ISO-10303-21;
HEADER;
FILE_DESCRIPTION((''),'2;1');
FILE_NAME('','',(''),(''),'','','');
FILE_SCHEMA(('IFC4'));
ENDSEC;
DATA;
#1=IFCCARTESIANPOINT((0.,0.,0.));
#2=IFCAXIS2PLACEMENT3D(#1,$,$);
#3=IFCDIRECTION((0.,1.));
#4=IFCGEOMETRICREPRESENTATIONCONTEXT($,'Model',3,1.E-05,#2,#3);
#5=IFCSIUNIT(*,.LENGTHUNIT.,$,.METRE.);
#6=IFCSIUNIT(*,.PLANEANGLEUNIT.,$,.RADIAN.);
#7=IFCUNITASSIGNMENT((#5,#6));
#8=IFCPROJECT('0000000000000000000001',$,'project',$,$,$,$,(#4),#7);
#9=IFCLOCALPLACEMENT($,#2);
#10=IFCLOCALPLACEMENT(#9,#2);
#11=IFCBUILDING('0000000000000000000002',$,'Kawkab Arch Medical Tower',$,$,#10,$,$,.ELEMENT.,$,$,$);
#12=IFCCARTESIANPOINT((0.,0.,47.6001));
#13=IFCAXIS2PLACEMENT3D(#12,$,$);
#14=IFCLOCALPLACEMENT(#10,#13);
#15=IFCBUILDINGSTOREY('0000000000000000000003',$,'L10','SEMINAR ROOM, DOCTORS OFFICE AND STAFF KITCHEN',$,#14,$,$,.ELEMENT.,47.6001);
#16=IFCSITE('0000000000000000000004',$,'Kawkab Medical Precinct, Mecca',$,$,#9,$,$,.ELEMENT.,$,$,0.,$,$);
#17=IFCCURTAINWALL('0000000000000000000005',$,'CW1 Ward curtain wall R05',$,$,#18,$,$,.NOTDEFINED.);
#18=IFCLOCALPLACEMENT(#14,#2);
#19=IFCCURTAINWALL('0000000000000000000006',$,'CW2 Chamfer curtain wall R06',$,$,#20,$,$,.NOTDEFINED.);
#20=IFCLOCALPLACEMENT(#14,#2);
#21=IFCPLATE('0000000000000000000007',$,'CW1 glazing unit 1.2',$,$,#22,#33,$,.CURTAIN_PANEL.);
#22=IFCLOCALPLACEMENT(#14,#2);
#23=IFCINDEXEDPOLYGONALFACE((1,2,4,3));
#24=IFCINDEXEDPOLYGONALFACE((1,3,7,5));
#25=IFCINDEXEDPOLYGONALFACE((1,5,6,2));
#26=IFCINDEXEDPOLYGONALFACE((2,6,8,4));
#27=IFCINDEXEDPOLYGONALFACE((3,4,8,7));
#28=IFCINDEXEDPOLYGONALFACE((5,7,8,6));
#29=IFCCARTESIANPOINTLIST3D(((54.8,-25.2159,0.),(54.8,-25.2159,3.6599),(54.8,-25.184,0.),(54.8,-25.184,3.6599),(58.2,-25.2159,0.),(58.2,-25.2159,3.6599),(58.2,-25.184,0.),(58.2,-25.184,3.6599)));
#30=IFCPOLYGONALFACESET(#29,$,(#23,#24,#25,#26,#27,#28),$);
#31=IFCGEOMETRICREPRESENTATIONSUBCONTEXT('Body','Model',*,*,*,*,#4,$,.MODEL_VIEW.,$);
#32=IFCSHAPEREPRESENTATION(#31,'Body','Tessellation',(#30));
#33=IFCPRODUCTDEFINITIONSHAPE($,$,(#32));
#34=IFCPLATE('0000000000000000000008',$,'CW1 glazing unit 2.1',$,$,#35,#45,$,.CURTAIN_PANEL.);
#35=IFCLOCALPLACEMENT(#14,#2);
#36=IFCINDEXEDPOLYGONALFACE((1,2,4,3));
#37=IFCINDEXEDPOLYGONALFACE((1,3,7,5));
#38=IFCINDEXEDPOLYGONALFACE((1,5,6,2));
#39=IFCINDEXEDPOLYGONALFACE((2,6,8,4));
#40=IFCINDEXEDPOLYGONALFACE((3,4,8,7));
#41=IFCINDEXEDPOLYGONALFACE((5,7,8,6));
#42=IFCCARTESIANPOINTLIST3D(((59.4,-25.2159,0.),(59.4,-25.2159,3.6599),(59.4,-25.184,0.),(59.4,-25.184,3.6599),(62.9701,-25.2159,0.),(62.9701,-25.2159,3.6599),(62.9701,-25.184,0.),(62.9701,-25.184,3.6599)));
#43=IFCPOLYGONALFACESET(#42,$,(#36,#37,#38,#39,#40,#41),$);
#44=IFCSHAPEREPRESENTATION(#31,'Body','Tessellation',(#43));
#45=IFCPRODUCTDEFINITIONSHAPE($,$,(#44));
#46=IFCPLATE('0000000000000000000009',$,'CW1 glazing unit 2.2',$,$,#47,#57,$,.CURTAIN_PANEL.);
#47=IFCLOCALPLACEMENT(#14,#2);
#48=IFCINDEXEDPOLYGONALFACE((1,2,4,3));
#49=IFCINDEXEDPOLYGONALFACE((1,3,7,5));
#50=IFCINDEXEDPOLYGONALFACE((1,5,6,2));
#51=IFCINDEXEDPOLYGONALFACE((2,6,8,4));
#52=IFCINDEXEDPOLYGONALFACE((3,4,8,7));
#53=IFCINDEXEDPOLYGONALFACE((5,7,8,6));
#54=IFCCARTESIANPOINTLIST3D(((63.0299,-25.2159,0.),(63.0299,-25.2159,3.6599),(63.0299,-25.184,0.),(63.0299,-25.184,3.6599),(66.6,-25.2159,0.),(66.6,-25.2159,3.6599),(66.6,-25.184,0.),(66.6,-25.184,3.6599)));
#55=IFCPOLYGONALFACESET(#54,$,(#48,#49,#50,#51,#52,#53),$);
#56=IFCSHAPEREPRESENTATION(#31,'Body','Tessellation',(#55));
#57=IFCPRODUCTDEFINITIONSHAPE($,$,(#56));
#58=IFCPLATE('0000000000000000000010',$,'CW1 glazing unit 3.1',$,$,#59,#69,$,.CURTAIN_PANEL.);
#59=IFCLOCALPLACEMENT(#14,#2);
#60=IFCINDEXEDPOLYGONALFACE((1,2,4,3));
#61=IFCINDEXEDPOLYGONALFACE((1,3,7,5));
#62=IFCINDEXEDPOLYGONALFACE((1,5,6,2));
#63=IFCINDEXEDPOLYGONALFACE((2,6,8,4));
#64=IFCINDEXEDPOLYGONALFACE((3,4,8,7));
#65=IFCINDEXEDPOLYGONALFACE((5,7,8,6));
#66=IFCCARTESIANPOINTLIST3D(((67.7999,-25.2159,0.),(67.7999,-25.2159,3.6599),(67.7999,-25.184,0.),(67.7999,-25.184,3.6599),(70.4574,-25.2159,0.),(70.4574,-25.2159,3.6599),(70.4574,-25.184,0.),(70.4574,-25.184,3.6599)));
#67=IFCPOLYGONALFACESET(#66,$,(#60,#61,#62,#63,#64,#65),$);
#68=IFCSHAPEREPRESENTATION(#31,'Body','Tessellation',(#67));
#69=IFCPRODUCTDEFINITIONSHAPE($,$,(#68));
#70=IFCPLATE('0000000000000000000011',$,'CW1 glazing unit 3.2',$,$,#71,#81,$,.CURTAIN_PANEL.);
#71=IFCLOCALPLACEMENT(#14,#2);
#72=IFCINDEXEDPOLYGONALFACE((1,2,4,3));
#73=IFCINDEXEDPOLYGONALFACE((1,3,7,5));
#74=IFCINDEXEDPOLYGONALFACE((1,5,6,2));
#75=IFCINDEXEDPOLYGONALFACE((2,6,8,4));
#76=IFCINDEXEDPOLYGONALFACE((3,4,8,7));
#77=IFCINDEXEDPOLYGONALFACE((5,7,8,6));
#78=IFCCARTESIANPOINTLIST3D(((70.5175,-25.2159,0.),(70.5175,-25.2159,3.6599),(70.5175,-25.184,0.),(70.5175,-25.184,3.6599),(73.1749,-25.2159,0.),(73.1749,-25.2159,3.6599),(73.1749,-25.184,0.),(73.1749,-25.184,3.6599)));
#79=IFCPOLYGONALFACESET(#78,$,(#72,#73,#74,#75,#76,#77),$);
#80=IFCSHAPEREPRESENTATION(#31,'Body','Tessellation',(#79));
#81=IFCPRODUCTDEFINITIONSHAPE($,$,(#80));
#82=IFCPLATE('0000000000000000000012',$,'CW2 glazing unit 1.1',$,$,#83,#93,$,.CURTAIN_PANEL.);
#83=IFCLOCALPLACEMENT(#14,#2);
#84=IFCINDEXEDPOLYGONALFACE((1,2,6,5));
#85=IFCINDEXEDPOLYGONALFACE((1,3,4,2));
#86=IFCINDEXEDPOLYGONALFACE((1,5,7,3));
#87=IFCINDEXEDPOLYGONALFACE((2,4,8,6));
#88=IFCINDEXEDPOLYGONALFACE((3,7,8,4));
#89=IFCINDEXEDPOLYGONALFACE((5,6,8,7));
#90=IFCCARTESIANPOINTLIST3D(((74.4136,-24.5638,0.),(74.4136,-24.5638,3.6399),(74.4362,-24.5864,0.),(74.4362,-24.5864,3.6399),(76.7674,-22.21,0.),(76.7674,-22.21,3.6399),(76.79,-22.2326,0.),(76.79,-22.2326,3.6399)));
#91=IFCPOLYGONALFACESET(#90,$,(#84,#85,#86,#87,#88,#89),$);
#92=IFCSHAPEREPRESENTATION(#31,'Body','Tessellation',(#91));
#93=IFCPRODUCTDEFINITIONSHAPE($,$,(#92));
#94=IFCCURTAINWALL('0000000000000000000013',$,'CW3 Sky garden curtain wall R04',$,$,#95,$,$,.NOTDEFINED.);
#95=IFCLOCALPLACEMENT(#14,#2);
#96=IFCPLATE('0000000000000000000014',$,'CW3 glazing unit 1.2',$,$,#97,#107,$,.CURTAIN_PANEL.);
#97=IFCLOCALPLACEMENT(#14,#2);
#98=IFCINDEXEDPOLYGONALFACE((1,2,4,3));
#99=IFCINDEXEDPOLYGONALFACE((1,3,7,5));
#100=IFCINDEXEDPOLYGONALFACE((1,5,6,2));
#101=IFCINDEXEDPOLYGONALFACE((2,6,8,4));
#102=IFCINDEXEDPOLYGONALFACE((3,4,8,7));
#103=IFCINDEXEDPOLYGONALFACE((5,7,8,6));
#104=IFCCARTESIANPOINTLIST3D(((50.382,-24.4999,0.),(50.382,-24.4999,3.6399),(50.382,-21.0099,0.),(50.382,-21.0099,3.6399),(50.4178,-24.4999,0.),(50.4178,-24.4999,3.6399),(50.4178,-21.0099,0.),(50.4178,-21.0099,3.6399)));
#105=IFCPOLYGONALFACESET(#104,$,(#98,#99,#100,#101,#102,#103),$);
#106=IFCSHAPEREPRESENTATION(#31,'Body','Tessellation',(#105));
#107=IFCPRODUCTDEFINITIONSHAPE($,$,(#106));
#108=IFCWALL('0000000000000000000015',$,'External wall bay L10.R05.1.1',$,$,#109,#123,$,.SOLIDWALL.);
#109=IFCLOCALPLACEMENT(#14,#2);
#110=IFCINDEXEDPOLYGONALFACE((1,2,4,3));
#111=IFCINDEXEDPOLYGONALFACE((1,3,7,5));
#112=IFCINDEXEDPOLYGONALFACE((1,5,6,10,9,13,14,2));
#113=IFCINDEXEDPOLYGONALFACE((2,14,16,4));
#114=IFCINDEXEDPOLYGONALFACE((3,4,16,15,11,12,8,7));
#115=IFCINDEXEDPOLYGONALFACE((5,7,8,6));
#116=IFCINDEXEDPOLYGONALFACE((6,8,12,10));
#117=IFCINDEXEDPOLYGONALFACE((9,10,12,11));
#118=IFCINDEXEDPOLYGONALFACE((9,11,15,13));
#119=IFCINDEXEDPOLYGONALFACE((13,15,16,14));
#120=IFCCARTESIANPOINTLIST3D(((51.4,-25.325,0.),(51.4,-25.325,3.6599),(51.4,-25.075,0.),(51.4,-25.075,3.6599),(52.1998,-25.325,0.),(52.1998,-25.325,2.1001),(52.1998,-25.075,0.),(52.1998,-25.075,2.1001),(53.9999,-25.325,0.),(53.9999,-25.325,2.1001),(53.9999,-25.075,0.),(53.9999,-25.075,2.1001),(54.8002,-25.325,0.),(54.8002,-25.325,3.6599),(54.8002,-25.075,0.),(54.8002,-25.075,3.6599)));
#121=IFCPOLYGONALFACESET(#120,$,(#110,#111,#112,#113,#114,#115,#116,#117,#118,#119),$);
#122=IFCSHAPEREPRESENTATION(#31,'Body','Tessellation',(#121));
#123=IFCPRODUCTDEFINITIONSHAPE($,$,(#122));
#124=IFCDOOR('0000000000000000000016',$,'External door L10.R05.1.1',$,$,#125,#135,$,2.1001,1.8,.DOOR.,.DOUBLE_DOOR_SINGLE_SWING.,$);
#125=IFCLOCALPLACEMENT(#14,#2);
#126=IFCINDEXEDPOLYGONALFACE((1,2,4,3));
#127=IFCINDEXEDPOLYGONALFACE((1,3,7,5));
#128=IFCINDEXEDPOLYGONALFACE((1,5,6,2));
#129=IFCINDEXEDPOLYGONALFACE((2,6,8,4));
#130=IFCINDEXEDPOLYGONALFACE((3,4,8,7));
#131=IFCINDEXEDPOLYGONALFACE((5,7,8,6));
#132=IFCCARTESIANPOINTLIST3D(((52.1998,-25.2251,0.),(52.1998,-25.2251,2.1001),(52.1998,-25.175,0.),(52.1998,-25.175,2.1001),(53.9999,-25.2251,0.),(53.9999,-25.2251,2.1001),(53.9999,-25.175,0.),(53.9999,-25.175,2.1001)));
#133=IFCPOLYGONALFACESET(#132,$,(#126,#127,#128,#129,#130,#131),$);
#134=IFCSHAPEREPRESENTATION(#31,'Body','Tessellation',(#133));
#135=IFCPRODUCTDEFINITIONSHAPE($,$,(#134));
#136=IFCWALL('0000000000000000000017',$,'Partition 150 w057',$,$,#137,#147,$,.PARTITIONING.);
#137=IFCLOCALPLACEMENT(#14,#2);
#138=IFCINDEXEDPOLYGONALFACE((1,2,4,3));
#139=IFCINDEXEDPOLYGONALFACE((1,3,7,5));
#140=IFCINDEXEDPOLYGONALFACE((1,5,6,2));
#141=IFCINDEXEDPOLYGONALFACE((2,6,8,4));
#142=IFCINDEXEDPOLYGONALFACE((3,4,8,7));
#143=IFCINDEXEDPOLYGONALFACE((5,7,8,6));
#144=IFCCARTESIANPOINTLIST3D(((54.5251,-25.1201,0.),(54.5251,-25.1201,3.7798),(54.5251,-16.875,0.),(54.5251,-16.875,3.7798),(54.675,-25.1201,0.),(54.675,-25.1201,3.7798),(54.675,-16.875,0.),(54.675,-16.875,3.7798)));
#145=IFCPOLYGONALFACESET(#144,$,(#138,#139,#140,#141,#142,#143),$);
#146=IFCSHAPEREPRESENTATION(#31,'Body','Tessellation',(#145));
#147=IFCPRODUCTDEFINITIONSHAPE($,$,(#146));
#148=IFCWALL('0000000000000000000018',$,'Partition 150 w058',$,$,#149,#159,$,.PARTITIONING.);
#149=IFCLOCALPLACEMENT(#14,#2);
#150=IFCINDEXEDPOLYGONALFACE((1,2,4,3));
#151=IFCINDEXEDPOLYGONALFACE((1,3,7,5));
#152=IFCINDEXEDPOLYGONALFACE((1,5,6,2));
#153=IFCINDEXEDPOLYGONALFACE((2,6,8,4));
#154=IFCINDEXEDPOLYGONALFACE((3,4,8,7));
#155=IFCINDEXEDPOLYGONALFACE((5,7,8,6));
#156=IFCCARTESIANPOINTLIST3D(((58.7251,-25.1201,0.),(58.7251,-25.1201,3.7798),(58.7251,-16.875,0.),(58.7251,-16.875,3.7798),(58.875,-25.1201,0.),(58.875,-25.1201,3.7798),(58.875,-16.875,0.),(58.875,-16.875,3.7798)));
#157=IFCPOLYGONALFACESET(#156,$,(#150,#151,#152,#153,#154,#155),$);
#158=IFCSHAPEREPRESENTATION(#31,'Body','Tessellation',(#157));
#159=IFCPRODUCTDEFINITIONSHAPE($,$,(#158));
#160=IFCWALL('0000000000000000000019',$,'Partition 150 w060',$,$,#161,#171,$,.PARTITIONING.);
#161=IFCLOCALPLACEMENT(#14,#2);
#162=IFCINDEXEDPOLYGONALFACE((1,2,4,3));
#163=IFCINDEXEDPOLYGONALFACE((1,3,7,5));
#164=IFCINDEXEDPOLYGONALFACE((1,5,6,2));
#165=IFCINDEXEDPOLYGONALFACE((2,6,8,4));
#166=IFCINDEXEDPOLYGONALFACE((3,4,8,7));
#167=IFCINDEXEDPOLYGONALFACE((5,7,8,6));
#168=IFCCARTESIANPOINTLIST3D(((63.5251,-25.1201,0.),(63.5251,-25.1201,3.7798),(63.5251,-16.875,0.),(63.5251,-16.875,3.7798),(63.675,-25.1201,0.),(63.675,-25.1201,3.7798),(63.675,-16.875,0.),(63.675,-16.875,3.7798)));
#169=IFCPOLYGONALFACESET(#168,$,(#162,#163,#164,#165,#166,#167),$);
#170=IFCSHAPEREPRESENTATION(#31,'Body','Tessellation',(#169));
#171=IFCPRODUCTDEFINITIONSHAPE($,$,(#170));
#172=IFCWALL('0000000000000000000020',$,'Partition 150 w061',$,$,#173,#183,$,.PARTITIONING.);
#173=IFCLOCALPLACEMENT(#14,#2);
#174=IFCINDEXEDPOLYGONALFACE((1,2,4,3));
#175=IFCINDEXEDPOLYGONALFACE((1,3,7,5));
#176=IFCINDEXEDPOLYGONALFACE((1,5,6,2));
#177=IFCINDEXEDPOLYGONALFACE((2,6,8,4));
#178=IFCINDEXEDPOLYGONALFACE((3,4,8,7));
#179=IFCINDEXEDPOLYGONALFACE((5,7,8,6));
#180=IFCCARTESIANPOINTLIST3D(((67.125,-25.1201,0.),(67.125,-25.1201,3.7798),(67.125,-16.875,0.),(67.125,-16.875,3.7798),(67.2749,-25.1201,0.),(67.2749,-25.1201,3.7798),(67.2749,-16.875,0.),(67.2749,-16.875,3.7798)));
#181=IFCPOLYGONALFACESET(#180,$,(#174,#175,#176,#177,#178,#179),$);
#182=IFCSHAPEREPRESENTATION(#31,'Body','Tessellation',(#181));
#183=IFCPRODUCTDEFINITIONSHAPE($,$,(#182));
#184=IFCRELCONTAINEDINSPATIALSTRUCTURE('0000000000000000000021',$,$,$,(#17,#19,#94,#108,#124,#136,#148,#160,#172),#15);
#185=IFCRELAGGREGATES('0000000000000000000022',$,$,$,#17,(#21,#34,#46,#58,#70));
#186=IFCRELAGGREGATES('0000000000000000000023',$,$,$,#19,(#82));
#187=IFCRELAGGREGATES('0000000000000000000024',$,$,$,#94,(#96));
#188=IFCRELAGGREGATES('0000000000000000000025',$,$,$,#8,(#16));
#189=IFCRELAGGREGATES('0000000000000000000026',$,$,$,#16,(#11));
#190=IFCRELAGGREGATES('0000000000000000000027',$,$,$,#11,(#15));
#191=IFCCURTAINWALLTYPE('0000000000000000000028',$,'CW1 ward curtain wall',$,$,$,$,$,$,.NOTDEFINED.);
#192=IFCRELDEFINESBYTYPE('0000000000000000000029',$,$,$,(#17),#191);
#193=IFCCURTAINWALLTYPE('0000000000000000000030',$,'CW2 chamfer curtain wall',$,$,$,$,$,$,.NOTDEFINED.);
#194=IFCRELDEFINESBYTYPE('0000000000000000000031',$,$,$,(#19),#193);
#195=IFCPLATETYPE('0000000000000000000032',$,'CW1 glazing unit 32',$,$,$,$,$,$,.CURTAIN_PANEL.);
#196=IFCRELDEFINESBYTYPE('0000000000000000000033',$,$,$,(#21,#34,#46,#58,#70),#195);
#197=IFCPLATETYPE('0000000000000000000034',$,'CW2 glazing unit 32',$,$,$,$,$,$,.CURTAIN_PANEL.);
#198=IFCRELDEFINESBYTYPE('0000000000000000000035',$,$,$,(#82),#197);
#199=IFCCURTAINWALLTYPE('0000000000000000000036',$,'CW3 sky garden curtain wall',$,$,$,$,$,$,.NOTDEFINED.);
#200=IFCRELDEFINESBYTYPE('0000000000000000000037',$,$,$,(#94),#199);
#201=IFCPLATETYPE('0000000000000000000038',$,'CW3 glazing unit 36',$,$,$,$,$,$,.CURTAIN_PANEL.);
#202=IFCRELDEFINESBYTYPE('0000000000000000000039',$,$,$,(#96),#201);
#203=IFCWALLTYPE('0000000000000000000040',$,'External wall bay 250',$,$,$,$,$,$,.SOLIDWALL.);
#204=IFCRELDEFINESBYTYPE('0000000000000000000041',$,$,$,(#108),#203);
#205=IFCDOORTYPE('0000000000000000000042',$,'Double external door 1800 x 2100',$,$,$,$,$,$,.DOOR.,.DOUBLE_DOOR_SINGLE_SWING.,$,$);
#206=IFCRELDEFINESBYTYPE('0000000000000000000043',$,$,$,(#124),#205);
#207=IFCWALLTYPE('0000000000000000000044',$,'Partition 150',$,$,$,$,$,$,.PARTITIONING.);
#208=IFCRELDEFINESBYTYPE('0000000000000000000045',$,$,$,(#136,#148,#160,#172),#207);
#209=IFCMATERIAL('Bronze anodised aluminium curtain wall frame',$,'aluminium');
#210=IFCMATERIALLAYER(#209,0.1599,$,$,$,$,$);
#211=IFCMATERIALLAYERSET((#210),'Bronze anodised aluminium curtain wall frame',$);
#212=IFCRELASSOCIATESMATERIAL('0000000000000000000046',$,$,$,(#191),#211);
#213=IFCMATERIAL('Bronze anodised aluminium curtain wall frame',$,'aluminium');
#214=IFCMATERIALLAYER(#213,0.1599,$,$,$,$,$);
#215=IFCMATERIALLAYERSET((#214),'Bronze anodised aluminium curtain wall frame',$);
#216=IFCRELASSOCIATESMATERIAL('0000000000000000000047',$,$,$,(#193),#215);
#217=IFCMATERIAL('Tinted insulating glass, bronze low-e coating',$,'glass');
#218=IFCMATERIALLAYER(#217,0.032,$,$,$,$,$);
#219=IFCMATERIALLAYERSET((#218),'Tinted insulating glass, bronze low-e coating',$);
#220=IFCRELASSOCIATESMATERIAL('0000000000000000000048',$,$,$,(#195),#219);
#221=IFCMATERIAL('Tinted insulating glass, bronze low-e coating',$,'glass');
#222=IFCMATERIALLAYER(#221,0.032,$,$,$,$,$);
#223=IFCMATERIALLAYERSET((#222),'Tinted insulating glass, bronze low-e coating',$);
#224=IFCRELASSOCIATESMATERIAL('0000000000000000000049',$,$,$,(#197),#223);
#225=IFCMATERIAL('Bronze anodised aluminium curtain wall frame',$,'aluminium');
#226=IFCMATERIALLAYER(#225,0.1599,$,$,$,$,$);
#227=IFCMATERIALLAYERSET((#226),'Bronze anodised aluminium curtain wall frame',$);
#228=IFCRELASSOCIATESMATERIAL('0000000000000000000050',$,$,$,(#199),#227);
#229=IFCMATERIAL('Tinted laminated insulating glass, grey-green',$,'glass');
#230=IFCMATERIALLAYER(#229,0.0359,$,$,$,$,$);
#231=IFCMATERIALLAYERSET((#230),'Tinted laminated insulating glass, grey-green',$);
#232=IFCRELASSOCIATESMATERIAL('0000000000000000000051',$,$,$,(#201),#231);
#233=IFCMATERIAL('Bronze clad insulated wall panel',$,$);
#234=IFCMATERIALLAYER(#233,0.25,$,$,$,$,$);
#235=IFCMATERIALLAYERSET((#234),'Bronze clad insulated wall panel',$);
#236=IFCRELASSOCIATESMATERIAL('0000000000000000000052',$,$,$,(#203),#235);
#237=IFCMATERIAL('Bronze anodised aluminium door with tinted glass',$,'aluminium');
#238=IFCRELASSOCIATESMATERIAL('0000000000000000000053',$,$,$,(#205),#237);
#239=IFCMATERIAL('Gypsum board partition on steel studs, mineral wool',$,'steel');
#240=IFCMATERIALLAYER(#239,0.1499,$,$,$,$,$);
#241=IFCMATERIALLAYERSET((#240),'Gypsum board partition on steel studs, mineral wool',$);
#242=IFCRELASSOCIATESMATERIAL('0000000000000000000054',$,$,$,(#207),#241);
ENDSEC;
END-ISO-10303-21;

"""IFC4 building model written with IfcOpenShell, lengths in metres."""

from ifc_helpers import new_model, si_unit, direction, frame, frame_2d, origin, origin_2d, place, context, subcontext, project, spatial, rectangle, extrude, material, layer, layer_set, type_object, element, fill, aggregate, save


model = new_model("IFC4")

# Units and contexts
model_context = context("Model", 3, precision=1e-05, world=origin(), true_north=direction((0.0, 1.0)))
body_context = subcontext(model_context, "Body", "Model", "MODEL_VIEW")
ifc_project = project(units=[si_unit("LENGTHUNIT", "METRE"), si_unit("PLANEANGLEUNIT", "RADIAN")], contexts=[model_context])

# Site, building, storey
site_placement = place(None, origin())
site = spatial("IfcSite", under=ifc_project, at=site_placement, Name="Kawkab Medical Precinct, Mecca", CompositionType="ELEMENT", RefElevation=0.0)
building_placement = place(site_placement, origin())
building = spatial("IfcBuilding", under=site, at=building_placement, Name="Kawkab Arch Medical Tower", CompositionType="ELEMENT")
storey_placement = place(building_placement, frame((0.0, 0.0, 47.6001)))
storey = spatial("IfcBuildingStorey", under=building, at=storey_placement, Name="L10", Description="SEMINAR ROOM, DOCTORS OFFICE AND STAFF KITCHEN", CompositionType="ELEMENT", Elevation=47.6001)

# Curtain walls
ifc_material_1 = material(Name="Bronze anodised aluminium curtain wall frame", Category="aluminium")
ifc_layer_1 = layer(ifc_material_1, 0.1599)
ifc_layer_set_1 = layer_set([ifc_layer_1], Name="Bronze anodised aluminium curtain wall frame")
curtain_wall_type_1 = type_object("IfcCurtainWallType", Name="CW1 ward curtain wall", PredefinedType="NOTDEFINED", material=ifc_layer_set_1)
placement = place(storey_placement, origin())
curtain_wall_1 = element("IfcCurtainWall", 1, at=placement, inside=storey, type_object=curtain_wall_type_1, Name="CW1 Ward curtain wall R05", PredefinedType="NOTDEFINED")
ifc_material_2 = material(Name="Bronze anodised aluminium curtain wall frame", Category="aluminium")
ifc_layer_2 = layer(ifc_material_2, 0.1599)
ifc_layer_set_2 = layer_set([ifc_layer_2], Name="Bronze anodised aluminium curtain wall frame")
curtain_wall_type_2 = type_object("IfcCurtainWallType", Name="CW2 chamfer curtain wall", PredefinedType="NOTDEFINED", material=ifc_layer_set_2)
curtain_wall_2 = element("IfcCurtainWall", 2, at=placement, inside=storey, type_object=curtain_wall_type_2, Name="CW2 Chamfer curtain wall R06", PredefinedType="NOTDEFINED")

# Plates
ifc_material_3 = material(Name="Tinted insulating glass, bronze low-e coating", Category="glass")
ifc_layer_3 = layer(ifc_material_3, 0.032)
ifc_layer_set_3 = layer_set([ifc_layer_3], Name="Tinted insulating glass, bronze low-e coating")
plate_type_1 = type_object("IfcPlateType", Name="CW1 glazing unit 32", PredefinedType="CURTAIN_PANEL", material=ifc_layer_set_3)
plate_1_placement = place(storey_placement, frame((56.5, -25.2, 0.0), z_axis=(0.0, 0.0, 1.0), x_axis=(1.0, 0.0, 0.0)))
plate_1 = element("IfcPlate", 3, at=plate_1_placement, type_object=plate_type_1, Name="CW1 glazing unit 1.2", PredefinedType="CURTAIN_PANEL", context=body_context, shape_type="SweptSolid", body=[
    extrude(rectangle(XDim=3.3999, YDim=0.032, at=origin_2d()), origin(), (0.0, 0.0, 1.0), 3.6599),
])
plate_2_placement = place(storey_placement, frame((61.1851, -25.2, 0.0), z_axis=(0.0, 0.0, 1.0), x_axis=(1.0, 0.0, 0.0)))
plate_2 = element("IfcPlate", 4, at=plate_2_placement, type_object=plate_type_1, Name="CW1 glazing unit 2.1", PredefinedType="CURTAIN_PANEL", context=body_context, shape_type="SweptSolid", body=[
    extrude(rectangle(XDim=3.5701, YDim=0.032, at=origin_2d()), origin(), (0.0, 0.0, 1.0), 3.6599),
])
plate_3_placement = place(storey_placement, frame((64.8149, -25.2, 0.0), z_axis=(0.0, 0.0, 1.0), x_axis=(1.0, 0.0, 0.0)))
plate_3 = element("IfcPlate", 5, at=plate_3_placement, type_object=plate_type_1, Name="CW1 glazing unit 2.2", PredefinedType="CURTAIN_PANEL", context=body_context, shape_type="SweptSolid", body=[
    extrude(rectangle(XDim=3.5701, YDim=0.032, at=origin_2d()), origin(), (0.0, 0.0, 1.0), 3.6599),
])
plate_4_placement = place(storey_placement, frame((69.1287, -25.2, 0.0), z_axis=(0.0, 0.0, 1.0), x_axis=(1.0, 0.0, 0.0)))
plate_4 = element("IfcPlate", 6, at=plate_4_placement, type_object=plate_type_1, Name="CW1 glazing unit 3.1", PredefinedType="CURTAIN_PANEL", context=body_context, shape_type="SweptSolid", body=[
    extrude(rectangle(XDim=2.6575, YDim=0.032, at=origin_2d()), origin(), (0.0, 0.0, 1.0), 3.6599),
])
plate_5_placement = place(storey_placement, frame((71.8462, -25.2, 0.0), z_axis=(0.0, 0.0, 1.0), x_axis=(1.0, 0.0, 0.0)))
plate_5 = element("IfcPlate", 7, at=plate_5_placement, type_object=plate_type_1, Name="CW1 glazing unit 3.2", PredefinedType="CURTAIN_PANEL", context=body_context, shape_type="SweptSolid", body=[
    extrude(rectangle(XDim=2.6575, YDim=0.032, at=origin_2d()), origin(), (0.0, 0.0, 1.0), 3.6599),
])
aggregate(curtain_wall_1, [plate_1, plate_2, plate_3, plate_4, plate_5])
ifc_material_4 = material(Name="Tinted insulating glass, bronze low-e coating", Category="glass")
ifc_layer_4 = layer(ifc_material_4, 0.032)
ifc_layer_set_4 = layer_set([ifc_layer_4], Name="Tinted insulating glass, bronze low-e coating")
plate_type_2 = type_object("IfcPlateType", Name="CW2 glazing unit 32", PredefinedType="CURTAIN_PANEL", material=ifc_layer_set_4)
plate_6_placement = place(storey_placement, frame((75.6018, -23.3982, 0.0), z_axis=(0.0, 0.0, 1.0), x_axis=(0.707107, 0.707107, 0.0)))
plate_6 = element("IfcPlate", 8, at=plate_6_placement, type_object=plate_type_2, Name="CW2 glazing unit 1.1", PredefinedType="CURTAIN_PANEL", context=body_context, shape_type="SweptSolid", body=[
    extrude(rectangle(XDim=3.3289, YDim=0.032, at=origin_2d()), origin(), (0.0, 0.0, 1.0), 3.6399),
])
aggregate(curtain_wall_2, [plate_6])

# Curtain wall, plate
ifc_material_5 = material(Name="Bronze anodised aluminium curtain wall frame", Category="aluminium")
ifc_layer_5 = layer(ifc_material_5, 0.1599)
ifc_layer_set_5 = layer_set([ifc_layer_5], Name="Bronze anodised aluminium curtain wall frame")
curtain_wall_type_3 = type_object("IfcCurtainWallType", Name="CW3 sky garden curtain wall", PredefinedType="NOTDEFINED", material=ifc_layer_set_5)
curtain_wall_3 = element("IfcCurtainWall", 9, at=placement, inside=storey, type_object=curtain_wall_type_3, Name="CW3 Sky garden curtain wall R04", PredefinedType="NOTDEFINED")
ifc_material_6 = material(Name="Tinted laminated insulating glass, grey-green", Category="glass")
ifc_layer_6 = layer(ifc_material_6, 0.0359)
ifc_layer_set_6 = layer_set([ifc_layer_6], Name="Tinted laminated insulating glass, grey-green")
plate_type_3 = type_object("IfcPlateType", Name="CW3 glazing unit 36", PredefinedType="CURTAIN_PANEL", material=ifc_layer_set_6)
plate_7_placement = place(storey_placement, frame((50.3999, -22.7549, 0.0), z_axis=(0.0, 0.0, 1.0), x_axis=(0.0, -1.0, 0.0)))
plate_7 = element("IfcPlate", 10, at=plate_7_placement, type_object=plate_type_3, Name="CW3 glazing unit 1.2", PredefinedType="CURTAIN_PANEL", context=body_context, shape_type="SweptSolid", body=[
    extrude(rectangle(XDim=3.49, YDim=0.0359, at=origin_2d()), origin(), (0.0, 0.0, 1.0), 3.6399),
])
aggregate(curtain_wall_3, [plate_7])

# Wall, opening, door
ifc_material_7 = material(Name="Bronze clad insulated wall panel")
ifc_layer_7 = layer(ifc_material_7, 0.25)
ifc_layer_set_7 = layer_set([ifc_layer_7], Name="Bronze clad insulated wall panel")
wall_type_1 = type_object("IfcWallType", Name="External wall bay 250", PredefinedType="SOLIDWALL", material=ifc_layer_set_7)
wall_placement = place(storey_placement, frame((51.3999, -25.2, 0.0), z_axis=(0.0, 0.0, 1.0), x_axis=(1.0, 0.0, 0.0)))
wall = element("IfcWall", 11, at=wall_placement, inside=storey, type_object=wall_type_1, Name="External wall bay L10.R05.1.1", PredefinedType="SOLIDWALL", context=body_context, shape_type="SweptSolid", body=[
    extrude(rectangle(XDim=3.4001, YDim=0.25, at=frame_2d((1.7002, 0.0))), origin(), (0.0, 0.0, 1.0), 3.6599),
])
opening_placement = place(wall_placement, frame((0.8, 0.0, 0.0)))
opening = element("IfcOpeningElement", 12, at=opening_placement, cuts=wall, PredefinedType="OPENING", context=body_context, shape_type="SweptSolid", body=[
    extrude(rectangle(XDim=1.8, YDim=2.1001, at=frame_2d((0.8999, 1.05))), frame((0.0, 0.135, 0.0), z_axis=(0.0, -1.0, 0.0), x_axis=(1.0, 0.0, 0.0)), (0.0, 0.0, 1.0), 0.27),
])
ifc_material_8 = material(Name="Bronze anodised aluminium door with tinted glass", Category="aluminium")
door_type = type_object("IfcDoorType", Name="Double external door 1800 x 2100", OperationType="DOUBLE_DOOR_SINGLE_SWING", PredefinedType="DOOR", material=ifc_material_8)
door_placement = place(opening_placement, origin())
door = element("IfcDoor", 13, at=door_placement, inside=storey, type_object=door_type, Name="External door L10.R05.1.1", OperationType="DOUBLE_DOOR_SINGLE_SWING", OverallHeight=2.1001, OverallWidth=1.8, PredefinedType="DOOR", context=body_context, shape_type="SweptSolid", body=[
    extrude(rectangle(XDim=1.8, YDim=2.1001, at=frame_2d((0.8999, 1.05))), frame((0.0, 0.0249, 0.0), z_axis=(0.0, -1.0, 0.0), x_axis=(1.0, 0.0, 0.0)), (0.0, 0.0, 1.0), 0.05),
])
fill(opening, door)

# Walls
ifc_material_9 = material(Name="Gypsum board partition on steel studs, mineral wool", Category="steel")
ifc_layer_8 = layer(ifc_material_9, 0.1499)
ifc_layer_set_8 = layer_set([ifc_layer_8], Name="Gypsum board partition on steel studs, mineral wool")
wall_type_2 = type_object("IfcWallType", Name="Partition 150", PredefinedType="PARTITIONING", material=ifc_layer_set_8)
for number, where, z_axis, x_axis, name in (
    (14, (54.6001, -25.1201, 0.0), (0.0, 0.0, 1.0), (0.0, 1.0, 0.0), "Partition 150 w057"),
    (15, (58.8, -25.1201, 0.0), (0.0, 0.0, 1.0), (0.0, 1.0, 0.0), "Partition 150 w058"),
    (16, (63.6001, -25.1201, 0.0), (0.0, 0.0, 1.0), (0.0, 1.0, 0.0), "Partition 150 w060"),
    (17, (67.2, -25.1201, 0.0), (0.0, 0.0, 1.0), (0.0, 1.0, 0.0), "Partition 150 w061"),
):
    element("IfcWall", number, at=place(storey_placement, frame(where, z_axis=z_axis, x_axis=x_axis)), inside=storey, type_object=wall_type_2, Name=name, PredefinedType="PARTITIONING", context=body_context, shape_type="SweptSolid", body=[
        extrude(rectangle(XDim=8.2451, YDim=0.1499, at=frame_2d((4.1226, 0.0))), origin(), (0.0, 0.0, 1.0), 3.7798),
    ])

save(model, "model.ifc")
